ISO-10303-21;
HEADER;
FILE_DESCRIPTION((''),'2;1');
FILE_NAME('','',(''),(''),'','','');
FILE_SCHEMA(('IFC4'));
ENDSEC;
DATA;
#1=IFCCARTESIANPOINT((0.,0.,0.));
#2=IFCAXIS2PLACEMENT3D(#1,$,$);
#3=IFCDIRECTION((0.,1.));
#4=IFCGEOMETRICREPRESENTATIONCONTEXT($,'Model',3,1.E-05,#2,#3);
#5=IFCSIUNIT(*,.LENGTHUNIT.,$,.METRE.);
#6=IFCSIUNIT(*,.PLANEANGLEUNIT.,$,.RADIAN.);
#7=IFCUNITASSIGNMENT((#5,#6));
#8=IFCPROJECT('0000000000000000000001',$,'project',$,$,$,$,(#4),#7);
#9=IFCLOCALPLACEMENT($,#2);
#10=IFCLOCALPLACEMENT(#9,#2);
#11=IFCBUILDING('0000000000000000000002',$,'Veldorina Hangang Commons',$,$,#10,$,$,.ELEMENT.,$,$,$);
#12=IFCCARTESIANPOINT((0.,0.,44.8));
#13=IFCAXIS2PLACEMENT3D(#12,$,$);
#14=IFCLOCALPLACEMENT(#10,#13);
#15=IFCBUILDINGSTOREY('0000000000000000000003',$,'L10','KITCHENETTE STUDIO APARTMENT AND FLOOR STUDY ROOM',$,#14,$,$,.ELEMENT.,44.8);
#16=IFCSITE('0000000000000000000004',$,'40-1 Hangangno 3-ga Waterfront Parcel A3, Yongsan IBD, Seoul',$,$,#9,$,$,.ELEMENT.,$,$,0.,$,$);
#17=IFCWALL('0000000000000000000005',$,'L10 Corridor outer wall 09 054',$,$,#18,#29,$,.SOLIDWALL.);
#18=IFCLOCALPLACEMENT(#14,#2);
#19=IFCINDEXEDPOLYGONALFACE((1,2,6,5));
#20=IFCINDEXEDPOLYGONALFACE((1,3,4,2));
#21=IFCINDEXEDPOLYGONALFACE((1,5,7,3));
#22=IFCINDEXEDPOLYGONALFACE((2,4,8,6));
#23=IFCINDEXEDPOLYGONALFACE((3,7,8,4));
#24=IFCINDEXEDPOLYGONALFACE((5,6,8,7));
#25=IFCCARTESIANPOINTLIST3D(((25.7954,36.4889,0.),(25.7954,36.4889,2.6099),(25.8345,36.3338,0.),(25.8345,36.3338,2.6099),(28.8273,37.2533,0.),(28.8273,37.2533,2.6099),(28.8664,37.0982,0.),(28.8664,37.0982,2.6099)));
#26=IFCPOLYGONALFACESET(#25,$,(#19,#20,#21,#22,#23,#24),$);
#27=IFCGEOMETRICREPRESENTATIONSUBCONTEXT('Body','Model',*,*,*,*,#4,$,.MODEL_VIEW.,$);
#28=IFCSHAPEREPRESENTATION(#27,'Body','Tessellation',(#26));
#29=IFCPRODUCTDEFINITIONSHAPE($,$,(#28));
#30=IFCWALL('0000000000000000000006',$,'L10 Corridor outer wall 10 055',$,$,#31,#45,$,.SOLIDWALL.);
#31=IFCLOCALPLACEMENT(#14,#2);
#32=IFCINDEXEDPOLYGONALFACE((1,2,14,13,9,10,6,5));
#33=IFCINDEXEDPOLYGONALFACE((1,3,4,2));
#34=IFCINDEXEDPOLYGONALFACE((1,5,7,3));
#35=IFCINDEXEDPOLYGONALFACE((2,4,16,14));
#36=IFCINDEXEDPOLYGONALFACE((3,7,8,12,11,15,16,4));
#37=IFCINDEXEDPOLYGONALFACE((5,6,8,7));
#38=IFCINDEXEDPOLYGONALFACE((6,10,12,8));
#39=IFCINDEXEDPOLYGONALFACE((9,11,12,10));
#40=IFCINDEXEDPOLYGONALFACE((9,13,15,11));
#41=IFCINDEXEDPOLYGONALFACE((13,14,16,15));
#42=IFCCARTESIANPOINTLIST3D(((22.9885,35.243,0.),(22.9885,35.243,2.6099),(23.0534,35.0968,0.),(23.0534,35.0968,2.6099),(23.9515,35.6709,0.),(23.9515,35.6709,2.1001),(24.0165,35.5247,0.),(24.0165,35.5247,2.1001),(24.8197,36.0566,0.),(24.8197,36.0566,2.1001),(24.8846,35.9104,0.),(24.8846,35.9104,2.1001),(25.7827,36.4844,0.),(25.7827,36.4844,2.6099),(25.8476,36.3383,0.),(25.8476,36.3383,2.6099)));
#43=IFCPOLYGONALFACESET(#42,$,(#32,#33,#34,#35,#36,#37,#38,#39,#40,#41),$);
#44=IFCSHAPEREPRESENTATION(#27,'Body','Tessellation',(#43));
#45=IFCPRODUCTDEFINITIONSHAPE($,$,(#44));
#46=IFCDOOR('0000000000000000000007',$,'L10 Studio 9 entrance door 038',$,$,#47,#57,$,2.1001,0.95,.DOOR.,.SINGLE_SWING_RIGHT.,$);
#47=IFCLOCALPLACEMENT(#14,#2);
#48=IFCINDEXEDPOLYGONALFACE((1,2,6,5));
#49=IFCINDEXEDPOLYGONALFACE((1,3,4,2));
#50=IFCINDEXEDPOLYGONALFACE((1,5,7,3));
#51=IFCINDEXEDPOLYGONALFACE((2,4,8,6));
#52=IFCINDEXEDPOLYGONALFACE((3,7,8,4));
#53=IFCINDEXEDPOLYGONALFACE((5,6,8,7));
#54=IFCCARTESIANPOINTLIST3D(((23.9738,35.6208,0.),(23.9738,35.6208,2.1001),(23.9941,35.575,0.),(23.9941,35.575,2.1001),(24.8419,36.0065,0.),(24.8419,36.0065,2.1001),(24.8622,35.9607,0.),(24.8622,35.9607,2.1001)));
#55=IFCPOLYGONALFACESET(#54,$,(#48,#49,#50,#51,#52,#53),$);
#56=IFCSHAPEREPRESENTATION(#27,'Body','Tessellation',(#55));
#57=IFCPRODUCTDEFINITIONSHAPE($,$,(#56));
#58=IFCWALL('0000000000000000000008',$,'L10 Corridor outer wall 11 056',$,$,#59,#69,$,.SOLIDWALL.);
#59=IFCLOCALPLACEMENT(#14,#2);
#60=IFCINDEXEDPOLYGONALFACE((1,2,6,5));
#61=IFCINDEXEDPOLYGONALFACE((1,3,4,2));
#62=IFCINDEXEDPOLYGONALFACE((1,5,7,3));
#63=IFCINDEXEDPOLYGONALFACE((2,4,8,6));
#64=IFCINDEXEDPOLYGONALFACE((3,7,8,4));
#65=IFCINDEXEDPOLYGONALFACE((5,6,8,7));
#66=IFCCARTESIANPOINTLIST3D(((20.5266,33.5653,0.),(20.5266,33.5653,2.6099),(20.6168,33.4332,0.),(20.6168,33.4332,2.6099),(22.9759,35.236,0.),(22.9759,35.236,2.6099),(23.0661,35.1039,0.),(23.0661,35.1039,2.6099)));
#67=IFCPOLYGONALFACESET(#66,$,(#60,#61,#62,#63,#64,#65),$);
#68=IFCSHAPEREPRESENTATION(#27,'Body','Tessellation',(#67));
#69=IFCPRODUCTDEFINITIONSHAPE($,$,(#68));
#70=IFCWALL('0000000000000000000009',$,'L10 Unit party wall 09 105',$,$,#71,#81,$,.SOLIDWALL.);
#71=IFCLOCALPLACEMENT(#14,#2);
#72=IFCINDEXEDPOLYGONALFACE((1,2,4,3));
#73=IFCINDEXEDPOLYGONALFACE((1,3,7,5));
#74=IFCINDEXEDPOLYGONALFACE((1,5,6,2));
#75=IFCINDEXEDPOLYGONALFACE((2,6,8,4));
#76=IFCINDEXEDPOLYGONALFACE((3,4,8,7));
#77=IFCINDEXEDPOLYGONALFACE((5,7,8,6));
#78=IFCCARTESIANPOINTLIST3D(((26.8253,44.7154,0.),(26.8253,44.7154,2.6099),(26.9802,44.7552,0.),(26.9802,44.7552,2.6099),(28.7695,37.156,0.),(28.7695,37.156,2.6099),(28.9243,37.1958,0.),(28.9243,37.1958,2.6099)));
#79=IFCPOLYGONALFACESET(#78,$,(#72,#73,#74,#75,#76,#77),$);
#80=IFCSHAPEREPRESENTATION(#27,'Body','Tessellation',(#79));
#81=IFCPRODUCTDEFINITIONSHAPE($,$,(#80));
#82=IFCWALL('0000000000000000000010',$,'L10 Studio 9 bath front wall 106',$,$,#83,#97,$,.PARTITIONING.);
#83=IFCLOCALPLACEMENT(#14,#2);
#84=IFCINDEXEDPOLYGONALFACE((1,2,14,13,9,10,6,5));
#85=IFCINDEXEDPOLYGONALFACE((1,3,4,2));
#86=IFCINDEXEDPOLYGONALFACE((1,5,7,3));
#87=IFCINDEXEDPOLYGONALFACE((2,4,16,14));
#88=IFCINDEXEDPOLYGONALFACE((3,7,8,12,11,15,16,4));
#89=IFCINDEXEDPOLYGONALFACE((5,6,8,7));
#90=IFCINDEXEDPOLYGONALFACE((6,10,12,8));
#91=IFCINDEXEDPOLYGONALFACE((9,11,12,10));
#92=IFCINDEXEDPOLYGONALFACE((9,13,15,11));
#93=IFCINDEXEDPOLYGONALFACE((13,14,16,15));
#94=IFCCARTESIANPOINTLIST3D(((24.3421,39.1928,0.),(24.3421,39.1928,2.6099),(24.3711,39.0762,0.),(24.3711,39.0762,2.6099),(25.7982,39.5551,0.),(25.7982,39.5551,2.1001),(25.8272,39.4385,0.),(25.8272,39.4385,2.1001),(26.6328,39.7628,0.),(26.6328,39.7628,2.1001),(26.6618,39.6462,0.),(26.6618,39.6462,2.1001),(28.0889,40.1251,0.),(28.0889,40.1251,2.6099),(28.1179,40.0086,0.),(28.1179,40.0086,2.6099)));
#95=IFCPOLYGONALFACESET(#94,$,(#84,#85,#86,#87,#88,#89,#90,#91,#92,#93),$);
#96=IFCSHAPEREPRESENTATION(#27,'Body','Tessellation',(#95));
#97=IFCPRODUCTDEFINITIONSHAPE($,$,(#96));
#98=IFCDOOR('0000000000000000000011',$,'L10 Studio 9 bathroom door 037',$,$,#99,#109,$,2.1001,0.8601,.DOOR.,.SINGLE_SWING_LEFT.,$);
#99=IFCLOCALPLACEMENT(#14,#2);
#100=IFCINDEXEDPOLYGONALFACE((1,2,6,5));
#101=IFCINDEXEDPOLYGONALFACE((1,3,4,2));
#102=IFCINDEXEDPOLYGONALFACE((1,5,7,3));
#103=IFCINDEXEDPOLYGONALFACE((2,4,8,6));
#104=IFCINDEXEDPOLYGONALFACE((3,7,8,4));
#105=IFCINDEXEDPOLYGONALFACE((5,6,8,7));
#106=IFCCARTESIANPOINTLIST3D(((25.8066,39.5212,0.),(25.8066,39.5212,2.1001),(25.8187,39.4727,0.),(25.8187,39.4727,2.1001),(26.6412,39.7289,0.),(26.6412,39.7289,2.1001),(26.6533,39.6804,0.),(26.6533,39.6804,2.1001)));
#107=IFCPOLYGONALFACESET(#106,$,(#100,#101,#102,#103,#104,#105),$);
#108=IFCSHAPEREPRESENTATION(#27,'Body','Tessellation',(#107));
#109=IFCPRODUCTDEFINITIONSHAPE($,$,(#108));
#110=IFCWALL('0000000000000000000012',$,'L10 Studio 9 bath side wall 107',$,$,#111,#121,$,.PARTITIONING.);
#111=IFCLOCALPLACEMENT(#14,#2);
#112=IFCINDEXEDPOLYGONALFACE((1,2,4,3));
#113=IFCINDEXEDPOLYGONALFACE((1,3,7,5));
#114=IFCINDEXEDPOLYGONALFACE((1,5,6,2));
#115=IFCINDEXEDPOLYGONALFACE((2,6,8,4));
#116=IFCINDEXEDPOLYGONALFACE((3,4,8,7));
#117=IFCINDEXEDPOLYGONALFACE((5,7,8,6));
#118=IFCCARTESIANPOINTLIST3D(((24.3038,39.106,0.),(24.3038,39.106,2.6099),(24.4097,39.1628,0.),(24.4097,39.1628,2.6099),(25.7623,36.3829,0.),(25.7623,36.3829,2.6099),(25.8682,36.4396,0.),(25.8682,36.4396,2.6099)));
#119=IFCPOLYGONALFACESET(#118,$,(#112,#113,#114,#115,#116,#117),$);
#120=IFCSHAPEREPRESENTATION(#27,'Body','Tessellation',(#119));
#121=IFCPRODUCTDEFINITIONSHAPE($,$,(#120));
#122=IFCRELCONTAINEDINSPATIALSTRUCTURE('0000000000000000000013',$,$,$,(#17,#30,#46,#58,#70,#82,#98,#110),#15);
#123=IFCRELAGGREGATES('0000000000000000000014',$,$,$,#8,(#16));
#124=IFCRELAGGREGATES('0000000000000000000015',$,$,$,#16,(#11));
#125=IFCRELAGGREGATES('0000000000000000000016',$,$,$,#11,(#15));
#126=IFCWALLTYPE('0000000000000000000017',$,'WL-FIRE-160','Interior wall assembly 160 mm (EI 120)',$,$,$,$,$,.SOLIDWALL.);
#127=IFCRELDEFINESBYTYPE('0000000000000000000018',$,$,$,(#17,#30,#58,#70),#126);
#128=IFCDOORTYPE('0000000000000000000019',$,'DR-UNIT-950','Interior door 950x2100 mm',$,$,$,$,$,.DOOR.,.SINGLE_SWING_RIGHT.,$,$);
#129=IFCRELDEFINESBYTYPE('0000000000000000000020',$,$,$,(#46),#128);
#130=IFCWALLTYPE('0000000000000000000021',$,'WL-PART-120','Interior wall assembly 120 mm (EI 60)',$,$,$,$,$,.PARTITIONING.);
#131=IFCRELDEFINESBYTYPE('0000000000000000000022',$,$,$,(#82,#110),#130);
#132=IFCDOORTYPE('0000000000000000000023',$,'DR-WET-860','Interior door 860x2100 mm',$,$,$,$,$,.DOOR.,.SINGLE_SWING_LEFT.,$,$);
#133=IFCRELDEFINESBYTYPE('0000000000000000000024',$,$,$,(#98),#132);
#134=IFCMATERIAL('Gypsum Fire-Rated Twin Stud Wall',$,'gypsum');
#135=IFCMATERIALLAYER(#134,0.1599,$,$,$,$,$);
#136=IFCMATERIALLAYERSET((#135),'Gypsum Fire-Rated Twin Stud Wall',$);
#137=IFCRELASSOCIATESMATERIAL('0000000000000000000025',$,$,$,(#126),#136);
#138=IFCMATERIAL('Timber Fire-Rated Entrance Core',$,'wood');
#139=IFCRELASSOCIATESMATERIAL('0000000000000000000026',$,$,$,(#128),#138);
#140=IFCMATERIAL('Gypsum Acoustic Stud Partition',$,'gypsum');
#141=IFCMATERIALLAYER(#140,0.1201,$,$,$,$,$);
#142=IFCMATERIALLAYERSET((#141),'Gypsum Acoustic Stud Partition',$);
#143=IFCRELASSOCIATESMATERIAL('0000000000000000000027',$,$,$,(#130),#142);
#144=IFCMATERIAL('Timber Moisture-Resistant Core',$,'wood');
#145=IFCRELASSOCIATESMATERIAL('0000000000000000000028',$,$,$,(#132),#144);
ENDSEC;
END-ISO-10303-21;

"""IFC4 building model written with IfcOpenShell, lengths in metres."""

from ifc_helpers import new_model, si_unit, direction, frame, frame_2d, origin, place, context, subcontext, project, spatial, rectangle, extrude, material, layer, layer_set, type_object, element, fill, save


model = new_model("IFC4")

# Units and contexts
model_context = context("Model", 3, precision=1e-05, world=origin(), true_north=direction((0.0, 1.0)))
body_context = subcontext(model_context, "Body", "Model", "MODEL_VIEW")
ifc_project = project(units=[si_unit("LENGTHUNIT", "METRE"), si_unit("PLANEANGLEUNIT", "RADIAN")], contexts=[model_context])

# Site, building, storey
site_placement = place(None, origin())
site = spatial("IfcSite", under=ifc_project, at=site_placement, Name="40-1 Hangangno 3-ga Waterfront Parcel A3, Yongsan IBD, Seoul", CompositionType="ELEMENT", RefElevation=0.0)
building_placement = place(site_placement, origin())
building = spatial("IfcBuilding", under=site, at=building_placement, Name="Veldorina Hangang Commons", CompositionType="ELEMENT")
storey_placement = place(building_placement, frame((0.0, 0.0, 44.8)))
storey = spatial("IfcBuildingStorey", under=building, at=storey_placement, Name="L10", Description="KITCHENETTE STUDIO APARTMENT AND FLOOR STUDY ROOM", CompositionType="ELEMENT", Elevation=44.8)

# Shared definitions
ifc_material_1 = material(Name="Gypsum Fire-Rated Twin Stud Wall", Category="gypsum")
ifc_layer_1 = layer(ifc_material_1, 0.1599)
ifc_layer_set_1 = layer_set([ifc_layer_1], Name="Gypsum Fire-Rated Twin Stud Wall")
wall_type_1 = type_object("IfcWallType", Name="WL-FIRE-160", Description="Interior wall assembly 160 mm (EI 120)", PredefinedType="SOLIDWALL", material=ifc_layer_set_1)

# Wall
wall_1_placement = place(storey_placement, frame((28.8469, 37.1758, 0.0), z_axis=(0.0, 0.0, 1.0), x_axis=(-0.969654, -0.244483, 0.0)))
element("IfcWall", 1, at=wall_1_placement, inside=storey, type_object=wall_type_1, Name="L10 Corridor outer wall 09 054", PredefinedType="SOLIDWALL", context=body_context, shape_type="SweptSolid", body=[
    extrude(rectangle(XDim=3.1267, YDim=0.1599, at=frame_2d((1.5635, 0.0))), origin(), (0.0, 0.0, 1.0), 2.6099),
])

# Wall, opening, door
wall_2_placement = place(storey_placement, frame((25.8152, 36.4114, 0.0), z_axis=(0.0, 0.0, 1.0), x_axis=(-0.913861, -0.406027, 0.0)))
wall_2 = element("IfcWall", 2, at=wall_2_placement, inside=storey, type_object=wall_type_1, Name="L10 Corridor outer wall 10 055", PredefinedType="SOLIDWALL", context=body_context, shape_type="SweptSolid", body=[
    extrude(rectangle(XDim=3.0576, YDim=0.1599, at=frame_2d((1.5288, 0.0))), origin(), (0.0, 0.0, 1.0), 2.6099),
])
opening_1_placement = place(wall_2_placement, frame((1.0537, 0.0, 0.0)))
opening_1 = element("IfcOpeningElement", 3, at=opening_1_placement, cuts=wall_2, PredefinedType="OPENING", context=body_context, shape_type="SweptSolid", body=[
    extrude(rectangle(XDim=0.95, YDim=2.1001, at=frame_2d((0.4751, 1.05))), frame((0.0, 0.0898, 0.0), z_axis=(0.0, -1.0, 0.0), x_axis=(1.0, 0.0, 0.0)), (0.0, 0.0, 1.0), 0.1799),
])
ifc_material_2 = material(Name="Timber Fire-Rated Entrance Core", Category="wood")
door_type_1 = type_object("IfcDoorType", Name="DR-UNIT-950", Description="Interior door 950x2100 mm", OperationType="SINGLE_SWING_RIGHT", PredefinedType="DOOR", material=ifc_material_2)
door_1_placement = place(opening_1_placement, origin())
door_1 = element("IfcDoor", 4, at=door_1_placement, inside=storey, type_object=door_type_1, Name="L10 Studio 9 entrance door 038", OperationType="SINGLE_SWING_RIGHT", OverallHeight=2.1001, OverallWidth=0.95, PredefinedType="DOOR", context=body_context, shape_type="SweptSolid", body=[
    extrude(rectangle(XDim=0.95, YDim=2.1001, at=frame_2d((0.4751, 1.05))), frame((0.0, 0.0249, 0.0), z_axis=(0.0, -1.0, 0.0), x_axis=(1.0, 0.0, 0.0)), (0.0, 0.0, 1.0), 0.05),
])
fill(opening_1, door_1)

# Walls
wall_3_placement = place(storey_placement, frame((23.021, 35.1699, 0.0), z_axis=(0.0, 0.0, 1.0), x_axis=(-0.826112, -0.563505, 0.0)))
element("IfcWall", 5, at=wall_3_placement, inside=storey, type_object=wall_type_1, Name="L10 Corridor outer wall 11 056", PredefinedType="SOLIDWALL", context=body_context, shape_type="SweptSolid", body=[
    extrude(rectangle(XDim=2.9648, YDim=0.1599, at=frame_2d((1.4824, 0.0))), origin(), (0.0, 0.0, 1.0), 2.6099),
])
wall_4_placement = place(storey_placement, frame((28.8469, 37.1758, 0.0), z_axis=(0.0, 0.0, 1.0), x_axis=(-0.249073, 0.968485, 0.0)))
element("IfcWall", 6, at=wall_4_placement, inside=storey, type_object=wall_type_1, Name="L10 Unit party wall 09 105", PredefinedType="SOLIDWALL", context=body_context, shape_type="SweptSolid", body=[
    extrude(rectangle(XDim=7.8054, YDim=0.1599, at=frame_2d((3.9028, 0.0))), origin(), (0.0, 0.0, 1.0), 2.6099),
])

# Wall, opening, door
ifc_material_3 = material(Name="Gypsum Acoustic Stud Partition", Category="gypsum")
ifc_layer_2 = layer(ifc_material_3, 0.1201)
ifc_layer_set_2 = layer_set([ifc_layer_2], Name="Gypsum Acoustic Stud Partition")
wall_type_2 = type_object("IfcWallType", Name="WL-PART-120", Description="Interior wall assembly 120 mm (EI 60)", PredefinedType="PARTITIONING", material=ifc_layer_set_2)
wall_5_placement = place(storey_placement, frame((28.1035, 40.0669, 0.0), z_axis=(0.0, 0.0, 1.0), x_axis=(-0.970406, -0.241479, 0.0)))
wall_5 = element("IfcWall", 7, at=wall_5_placement, inside=storey, type_object=wall_type_2, Name="L10 Studio 9 bath front wall 106", PredefinedType="PARTITIONING", context=body_context, shape_type="SweptSolid", body=[
    extrude(rectangle(XDim=3.8611, YDim=0.1201, at=frame_2d((1.9307, 0.0))), origin(), (0.0, 0.0, 1.0), 2.6099),
])
opening_2_placement = place(wall_5_placement, frame((1.5005, 0.0, 0.0)))
opening_2 = element("IfcOpeningElement", 8, at=opening_2_placement, cuts=wall_5, PredefinedType="OPENING", context=body_context, shape_type="SweptSolid", body=[
    extrude(rectangle(XDim=0.8601, YDim=2.1001, at=frame_2d((0.4302, 1.05))), frame((0.0, 0.0701, 0.0), z_axis=(0.0, -1.0, 0.0), x_axis=(1.0, 0.0, 0.0)), (0.0, 0.0, 1.0), 0.1401),
])
ifc_material_4 = material(Name="Timber Moisture-Resistant Core", Category="wood")
door_type_2 = type_object("IfcDoorType", Name="DR-WET-860", Description="Interior door 860x2100 mm", OperationType="SINGLE_SWING_LEFT", PredefinedType="DOOR", material=ifc_material_4)
door_2_placement = place(opening_2_placement, origin())
door_2 = element("IfcDoor", 9, at=door_2_placement, inside=storey, type_object=door_type_2, Name="L10 Studio 9 bathroom door 037", OperationType="SINGLE_SWING_LEFT", OverallHeight=2.1001, OverallWidth=0.8601, PredefinedType="DOOR", context=body_context, shape_type="SweptSolid", body=[
    extrude(rectangle(XDim=0.8601, YDim=2.1001, at=frame_2d((0.4302, 1.05))), frame((0.0, 0.0249, 0.0), z_axis=(0.0, -1.0, 0.0), x_axis=(1.0, 0.0, 0.0)), (0.0, 0.0, 1.0), 0.05),
])
fill(opening_2, door_2)

# Wall
wall_6_placement = place(storey_placement, frame((25.8152, 36.4114, 0.0), z_axis=(0.0, 0.0, 1.0), x_axis=(-0.472138, 0.881525, 0.0)))
element("IfcWall", 10, at=wall_6_placement, inside=storey, type_object=wall_type_2, Name="L10 Studio 9 bath side wall 107", PredefinedType="PARTITIONING", context=body_context, shape_type="SweptSolid", body=[
    extrude(rectangle(XDim=3.0891, YDim=0.1201, at=frame_2d((1.5444, 0.0))), origin(), (0.0, 0.0, 1.0), 2.6099),
])

save(model, "model.ifc")
